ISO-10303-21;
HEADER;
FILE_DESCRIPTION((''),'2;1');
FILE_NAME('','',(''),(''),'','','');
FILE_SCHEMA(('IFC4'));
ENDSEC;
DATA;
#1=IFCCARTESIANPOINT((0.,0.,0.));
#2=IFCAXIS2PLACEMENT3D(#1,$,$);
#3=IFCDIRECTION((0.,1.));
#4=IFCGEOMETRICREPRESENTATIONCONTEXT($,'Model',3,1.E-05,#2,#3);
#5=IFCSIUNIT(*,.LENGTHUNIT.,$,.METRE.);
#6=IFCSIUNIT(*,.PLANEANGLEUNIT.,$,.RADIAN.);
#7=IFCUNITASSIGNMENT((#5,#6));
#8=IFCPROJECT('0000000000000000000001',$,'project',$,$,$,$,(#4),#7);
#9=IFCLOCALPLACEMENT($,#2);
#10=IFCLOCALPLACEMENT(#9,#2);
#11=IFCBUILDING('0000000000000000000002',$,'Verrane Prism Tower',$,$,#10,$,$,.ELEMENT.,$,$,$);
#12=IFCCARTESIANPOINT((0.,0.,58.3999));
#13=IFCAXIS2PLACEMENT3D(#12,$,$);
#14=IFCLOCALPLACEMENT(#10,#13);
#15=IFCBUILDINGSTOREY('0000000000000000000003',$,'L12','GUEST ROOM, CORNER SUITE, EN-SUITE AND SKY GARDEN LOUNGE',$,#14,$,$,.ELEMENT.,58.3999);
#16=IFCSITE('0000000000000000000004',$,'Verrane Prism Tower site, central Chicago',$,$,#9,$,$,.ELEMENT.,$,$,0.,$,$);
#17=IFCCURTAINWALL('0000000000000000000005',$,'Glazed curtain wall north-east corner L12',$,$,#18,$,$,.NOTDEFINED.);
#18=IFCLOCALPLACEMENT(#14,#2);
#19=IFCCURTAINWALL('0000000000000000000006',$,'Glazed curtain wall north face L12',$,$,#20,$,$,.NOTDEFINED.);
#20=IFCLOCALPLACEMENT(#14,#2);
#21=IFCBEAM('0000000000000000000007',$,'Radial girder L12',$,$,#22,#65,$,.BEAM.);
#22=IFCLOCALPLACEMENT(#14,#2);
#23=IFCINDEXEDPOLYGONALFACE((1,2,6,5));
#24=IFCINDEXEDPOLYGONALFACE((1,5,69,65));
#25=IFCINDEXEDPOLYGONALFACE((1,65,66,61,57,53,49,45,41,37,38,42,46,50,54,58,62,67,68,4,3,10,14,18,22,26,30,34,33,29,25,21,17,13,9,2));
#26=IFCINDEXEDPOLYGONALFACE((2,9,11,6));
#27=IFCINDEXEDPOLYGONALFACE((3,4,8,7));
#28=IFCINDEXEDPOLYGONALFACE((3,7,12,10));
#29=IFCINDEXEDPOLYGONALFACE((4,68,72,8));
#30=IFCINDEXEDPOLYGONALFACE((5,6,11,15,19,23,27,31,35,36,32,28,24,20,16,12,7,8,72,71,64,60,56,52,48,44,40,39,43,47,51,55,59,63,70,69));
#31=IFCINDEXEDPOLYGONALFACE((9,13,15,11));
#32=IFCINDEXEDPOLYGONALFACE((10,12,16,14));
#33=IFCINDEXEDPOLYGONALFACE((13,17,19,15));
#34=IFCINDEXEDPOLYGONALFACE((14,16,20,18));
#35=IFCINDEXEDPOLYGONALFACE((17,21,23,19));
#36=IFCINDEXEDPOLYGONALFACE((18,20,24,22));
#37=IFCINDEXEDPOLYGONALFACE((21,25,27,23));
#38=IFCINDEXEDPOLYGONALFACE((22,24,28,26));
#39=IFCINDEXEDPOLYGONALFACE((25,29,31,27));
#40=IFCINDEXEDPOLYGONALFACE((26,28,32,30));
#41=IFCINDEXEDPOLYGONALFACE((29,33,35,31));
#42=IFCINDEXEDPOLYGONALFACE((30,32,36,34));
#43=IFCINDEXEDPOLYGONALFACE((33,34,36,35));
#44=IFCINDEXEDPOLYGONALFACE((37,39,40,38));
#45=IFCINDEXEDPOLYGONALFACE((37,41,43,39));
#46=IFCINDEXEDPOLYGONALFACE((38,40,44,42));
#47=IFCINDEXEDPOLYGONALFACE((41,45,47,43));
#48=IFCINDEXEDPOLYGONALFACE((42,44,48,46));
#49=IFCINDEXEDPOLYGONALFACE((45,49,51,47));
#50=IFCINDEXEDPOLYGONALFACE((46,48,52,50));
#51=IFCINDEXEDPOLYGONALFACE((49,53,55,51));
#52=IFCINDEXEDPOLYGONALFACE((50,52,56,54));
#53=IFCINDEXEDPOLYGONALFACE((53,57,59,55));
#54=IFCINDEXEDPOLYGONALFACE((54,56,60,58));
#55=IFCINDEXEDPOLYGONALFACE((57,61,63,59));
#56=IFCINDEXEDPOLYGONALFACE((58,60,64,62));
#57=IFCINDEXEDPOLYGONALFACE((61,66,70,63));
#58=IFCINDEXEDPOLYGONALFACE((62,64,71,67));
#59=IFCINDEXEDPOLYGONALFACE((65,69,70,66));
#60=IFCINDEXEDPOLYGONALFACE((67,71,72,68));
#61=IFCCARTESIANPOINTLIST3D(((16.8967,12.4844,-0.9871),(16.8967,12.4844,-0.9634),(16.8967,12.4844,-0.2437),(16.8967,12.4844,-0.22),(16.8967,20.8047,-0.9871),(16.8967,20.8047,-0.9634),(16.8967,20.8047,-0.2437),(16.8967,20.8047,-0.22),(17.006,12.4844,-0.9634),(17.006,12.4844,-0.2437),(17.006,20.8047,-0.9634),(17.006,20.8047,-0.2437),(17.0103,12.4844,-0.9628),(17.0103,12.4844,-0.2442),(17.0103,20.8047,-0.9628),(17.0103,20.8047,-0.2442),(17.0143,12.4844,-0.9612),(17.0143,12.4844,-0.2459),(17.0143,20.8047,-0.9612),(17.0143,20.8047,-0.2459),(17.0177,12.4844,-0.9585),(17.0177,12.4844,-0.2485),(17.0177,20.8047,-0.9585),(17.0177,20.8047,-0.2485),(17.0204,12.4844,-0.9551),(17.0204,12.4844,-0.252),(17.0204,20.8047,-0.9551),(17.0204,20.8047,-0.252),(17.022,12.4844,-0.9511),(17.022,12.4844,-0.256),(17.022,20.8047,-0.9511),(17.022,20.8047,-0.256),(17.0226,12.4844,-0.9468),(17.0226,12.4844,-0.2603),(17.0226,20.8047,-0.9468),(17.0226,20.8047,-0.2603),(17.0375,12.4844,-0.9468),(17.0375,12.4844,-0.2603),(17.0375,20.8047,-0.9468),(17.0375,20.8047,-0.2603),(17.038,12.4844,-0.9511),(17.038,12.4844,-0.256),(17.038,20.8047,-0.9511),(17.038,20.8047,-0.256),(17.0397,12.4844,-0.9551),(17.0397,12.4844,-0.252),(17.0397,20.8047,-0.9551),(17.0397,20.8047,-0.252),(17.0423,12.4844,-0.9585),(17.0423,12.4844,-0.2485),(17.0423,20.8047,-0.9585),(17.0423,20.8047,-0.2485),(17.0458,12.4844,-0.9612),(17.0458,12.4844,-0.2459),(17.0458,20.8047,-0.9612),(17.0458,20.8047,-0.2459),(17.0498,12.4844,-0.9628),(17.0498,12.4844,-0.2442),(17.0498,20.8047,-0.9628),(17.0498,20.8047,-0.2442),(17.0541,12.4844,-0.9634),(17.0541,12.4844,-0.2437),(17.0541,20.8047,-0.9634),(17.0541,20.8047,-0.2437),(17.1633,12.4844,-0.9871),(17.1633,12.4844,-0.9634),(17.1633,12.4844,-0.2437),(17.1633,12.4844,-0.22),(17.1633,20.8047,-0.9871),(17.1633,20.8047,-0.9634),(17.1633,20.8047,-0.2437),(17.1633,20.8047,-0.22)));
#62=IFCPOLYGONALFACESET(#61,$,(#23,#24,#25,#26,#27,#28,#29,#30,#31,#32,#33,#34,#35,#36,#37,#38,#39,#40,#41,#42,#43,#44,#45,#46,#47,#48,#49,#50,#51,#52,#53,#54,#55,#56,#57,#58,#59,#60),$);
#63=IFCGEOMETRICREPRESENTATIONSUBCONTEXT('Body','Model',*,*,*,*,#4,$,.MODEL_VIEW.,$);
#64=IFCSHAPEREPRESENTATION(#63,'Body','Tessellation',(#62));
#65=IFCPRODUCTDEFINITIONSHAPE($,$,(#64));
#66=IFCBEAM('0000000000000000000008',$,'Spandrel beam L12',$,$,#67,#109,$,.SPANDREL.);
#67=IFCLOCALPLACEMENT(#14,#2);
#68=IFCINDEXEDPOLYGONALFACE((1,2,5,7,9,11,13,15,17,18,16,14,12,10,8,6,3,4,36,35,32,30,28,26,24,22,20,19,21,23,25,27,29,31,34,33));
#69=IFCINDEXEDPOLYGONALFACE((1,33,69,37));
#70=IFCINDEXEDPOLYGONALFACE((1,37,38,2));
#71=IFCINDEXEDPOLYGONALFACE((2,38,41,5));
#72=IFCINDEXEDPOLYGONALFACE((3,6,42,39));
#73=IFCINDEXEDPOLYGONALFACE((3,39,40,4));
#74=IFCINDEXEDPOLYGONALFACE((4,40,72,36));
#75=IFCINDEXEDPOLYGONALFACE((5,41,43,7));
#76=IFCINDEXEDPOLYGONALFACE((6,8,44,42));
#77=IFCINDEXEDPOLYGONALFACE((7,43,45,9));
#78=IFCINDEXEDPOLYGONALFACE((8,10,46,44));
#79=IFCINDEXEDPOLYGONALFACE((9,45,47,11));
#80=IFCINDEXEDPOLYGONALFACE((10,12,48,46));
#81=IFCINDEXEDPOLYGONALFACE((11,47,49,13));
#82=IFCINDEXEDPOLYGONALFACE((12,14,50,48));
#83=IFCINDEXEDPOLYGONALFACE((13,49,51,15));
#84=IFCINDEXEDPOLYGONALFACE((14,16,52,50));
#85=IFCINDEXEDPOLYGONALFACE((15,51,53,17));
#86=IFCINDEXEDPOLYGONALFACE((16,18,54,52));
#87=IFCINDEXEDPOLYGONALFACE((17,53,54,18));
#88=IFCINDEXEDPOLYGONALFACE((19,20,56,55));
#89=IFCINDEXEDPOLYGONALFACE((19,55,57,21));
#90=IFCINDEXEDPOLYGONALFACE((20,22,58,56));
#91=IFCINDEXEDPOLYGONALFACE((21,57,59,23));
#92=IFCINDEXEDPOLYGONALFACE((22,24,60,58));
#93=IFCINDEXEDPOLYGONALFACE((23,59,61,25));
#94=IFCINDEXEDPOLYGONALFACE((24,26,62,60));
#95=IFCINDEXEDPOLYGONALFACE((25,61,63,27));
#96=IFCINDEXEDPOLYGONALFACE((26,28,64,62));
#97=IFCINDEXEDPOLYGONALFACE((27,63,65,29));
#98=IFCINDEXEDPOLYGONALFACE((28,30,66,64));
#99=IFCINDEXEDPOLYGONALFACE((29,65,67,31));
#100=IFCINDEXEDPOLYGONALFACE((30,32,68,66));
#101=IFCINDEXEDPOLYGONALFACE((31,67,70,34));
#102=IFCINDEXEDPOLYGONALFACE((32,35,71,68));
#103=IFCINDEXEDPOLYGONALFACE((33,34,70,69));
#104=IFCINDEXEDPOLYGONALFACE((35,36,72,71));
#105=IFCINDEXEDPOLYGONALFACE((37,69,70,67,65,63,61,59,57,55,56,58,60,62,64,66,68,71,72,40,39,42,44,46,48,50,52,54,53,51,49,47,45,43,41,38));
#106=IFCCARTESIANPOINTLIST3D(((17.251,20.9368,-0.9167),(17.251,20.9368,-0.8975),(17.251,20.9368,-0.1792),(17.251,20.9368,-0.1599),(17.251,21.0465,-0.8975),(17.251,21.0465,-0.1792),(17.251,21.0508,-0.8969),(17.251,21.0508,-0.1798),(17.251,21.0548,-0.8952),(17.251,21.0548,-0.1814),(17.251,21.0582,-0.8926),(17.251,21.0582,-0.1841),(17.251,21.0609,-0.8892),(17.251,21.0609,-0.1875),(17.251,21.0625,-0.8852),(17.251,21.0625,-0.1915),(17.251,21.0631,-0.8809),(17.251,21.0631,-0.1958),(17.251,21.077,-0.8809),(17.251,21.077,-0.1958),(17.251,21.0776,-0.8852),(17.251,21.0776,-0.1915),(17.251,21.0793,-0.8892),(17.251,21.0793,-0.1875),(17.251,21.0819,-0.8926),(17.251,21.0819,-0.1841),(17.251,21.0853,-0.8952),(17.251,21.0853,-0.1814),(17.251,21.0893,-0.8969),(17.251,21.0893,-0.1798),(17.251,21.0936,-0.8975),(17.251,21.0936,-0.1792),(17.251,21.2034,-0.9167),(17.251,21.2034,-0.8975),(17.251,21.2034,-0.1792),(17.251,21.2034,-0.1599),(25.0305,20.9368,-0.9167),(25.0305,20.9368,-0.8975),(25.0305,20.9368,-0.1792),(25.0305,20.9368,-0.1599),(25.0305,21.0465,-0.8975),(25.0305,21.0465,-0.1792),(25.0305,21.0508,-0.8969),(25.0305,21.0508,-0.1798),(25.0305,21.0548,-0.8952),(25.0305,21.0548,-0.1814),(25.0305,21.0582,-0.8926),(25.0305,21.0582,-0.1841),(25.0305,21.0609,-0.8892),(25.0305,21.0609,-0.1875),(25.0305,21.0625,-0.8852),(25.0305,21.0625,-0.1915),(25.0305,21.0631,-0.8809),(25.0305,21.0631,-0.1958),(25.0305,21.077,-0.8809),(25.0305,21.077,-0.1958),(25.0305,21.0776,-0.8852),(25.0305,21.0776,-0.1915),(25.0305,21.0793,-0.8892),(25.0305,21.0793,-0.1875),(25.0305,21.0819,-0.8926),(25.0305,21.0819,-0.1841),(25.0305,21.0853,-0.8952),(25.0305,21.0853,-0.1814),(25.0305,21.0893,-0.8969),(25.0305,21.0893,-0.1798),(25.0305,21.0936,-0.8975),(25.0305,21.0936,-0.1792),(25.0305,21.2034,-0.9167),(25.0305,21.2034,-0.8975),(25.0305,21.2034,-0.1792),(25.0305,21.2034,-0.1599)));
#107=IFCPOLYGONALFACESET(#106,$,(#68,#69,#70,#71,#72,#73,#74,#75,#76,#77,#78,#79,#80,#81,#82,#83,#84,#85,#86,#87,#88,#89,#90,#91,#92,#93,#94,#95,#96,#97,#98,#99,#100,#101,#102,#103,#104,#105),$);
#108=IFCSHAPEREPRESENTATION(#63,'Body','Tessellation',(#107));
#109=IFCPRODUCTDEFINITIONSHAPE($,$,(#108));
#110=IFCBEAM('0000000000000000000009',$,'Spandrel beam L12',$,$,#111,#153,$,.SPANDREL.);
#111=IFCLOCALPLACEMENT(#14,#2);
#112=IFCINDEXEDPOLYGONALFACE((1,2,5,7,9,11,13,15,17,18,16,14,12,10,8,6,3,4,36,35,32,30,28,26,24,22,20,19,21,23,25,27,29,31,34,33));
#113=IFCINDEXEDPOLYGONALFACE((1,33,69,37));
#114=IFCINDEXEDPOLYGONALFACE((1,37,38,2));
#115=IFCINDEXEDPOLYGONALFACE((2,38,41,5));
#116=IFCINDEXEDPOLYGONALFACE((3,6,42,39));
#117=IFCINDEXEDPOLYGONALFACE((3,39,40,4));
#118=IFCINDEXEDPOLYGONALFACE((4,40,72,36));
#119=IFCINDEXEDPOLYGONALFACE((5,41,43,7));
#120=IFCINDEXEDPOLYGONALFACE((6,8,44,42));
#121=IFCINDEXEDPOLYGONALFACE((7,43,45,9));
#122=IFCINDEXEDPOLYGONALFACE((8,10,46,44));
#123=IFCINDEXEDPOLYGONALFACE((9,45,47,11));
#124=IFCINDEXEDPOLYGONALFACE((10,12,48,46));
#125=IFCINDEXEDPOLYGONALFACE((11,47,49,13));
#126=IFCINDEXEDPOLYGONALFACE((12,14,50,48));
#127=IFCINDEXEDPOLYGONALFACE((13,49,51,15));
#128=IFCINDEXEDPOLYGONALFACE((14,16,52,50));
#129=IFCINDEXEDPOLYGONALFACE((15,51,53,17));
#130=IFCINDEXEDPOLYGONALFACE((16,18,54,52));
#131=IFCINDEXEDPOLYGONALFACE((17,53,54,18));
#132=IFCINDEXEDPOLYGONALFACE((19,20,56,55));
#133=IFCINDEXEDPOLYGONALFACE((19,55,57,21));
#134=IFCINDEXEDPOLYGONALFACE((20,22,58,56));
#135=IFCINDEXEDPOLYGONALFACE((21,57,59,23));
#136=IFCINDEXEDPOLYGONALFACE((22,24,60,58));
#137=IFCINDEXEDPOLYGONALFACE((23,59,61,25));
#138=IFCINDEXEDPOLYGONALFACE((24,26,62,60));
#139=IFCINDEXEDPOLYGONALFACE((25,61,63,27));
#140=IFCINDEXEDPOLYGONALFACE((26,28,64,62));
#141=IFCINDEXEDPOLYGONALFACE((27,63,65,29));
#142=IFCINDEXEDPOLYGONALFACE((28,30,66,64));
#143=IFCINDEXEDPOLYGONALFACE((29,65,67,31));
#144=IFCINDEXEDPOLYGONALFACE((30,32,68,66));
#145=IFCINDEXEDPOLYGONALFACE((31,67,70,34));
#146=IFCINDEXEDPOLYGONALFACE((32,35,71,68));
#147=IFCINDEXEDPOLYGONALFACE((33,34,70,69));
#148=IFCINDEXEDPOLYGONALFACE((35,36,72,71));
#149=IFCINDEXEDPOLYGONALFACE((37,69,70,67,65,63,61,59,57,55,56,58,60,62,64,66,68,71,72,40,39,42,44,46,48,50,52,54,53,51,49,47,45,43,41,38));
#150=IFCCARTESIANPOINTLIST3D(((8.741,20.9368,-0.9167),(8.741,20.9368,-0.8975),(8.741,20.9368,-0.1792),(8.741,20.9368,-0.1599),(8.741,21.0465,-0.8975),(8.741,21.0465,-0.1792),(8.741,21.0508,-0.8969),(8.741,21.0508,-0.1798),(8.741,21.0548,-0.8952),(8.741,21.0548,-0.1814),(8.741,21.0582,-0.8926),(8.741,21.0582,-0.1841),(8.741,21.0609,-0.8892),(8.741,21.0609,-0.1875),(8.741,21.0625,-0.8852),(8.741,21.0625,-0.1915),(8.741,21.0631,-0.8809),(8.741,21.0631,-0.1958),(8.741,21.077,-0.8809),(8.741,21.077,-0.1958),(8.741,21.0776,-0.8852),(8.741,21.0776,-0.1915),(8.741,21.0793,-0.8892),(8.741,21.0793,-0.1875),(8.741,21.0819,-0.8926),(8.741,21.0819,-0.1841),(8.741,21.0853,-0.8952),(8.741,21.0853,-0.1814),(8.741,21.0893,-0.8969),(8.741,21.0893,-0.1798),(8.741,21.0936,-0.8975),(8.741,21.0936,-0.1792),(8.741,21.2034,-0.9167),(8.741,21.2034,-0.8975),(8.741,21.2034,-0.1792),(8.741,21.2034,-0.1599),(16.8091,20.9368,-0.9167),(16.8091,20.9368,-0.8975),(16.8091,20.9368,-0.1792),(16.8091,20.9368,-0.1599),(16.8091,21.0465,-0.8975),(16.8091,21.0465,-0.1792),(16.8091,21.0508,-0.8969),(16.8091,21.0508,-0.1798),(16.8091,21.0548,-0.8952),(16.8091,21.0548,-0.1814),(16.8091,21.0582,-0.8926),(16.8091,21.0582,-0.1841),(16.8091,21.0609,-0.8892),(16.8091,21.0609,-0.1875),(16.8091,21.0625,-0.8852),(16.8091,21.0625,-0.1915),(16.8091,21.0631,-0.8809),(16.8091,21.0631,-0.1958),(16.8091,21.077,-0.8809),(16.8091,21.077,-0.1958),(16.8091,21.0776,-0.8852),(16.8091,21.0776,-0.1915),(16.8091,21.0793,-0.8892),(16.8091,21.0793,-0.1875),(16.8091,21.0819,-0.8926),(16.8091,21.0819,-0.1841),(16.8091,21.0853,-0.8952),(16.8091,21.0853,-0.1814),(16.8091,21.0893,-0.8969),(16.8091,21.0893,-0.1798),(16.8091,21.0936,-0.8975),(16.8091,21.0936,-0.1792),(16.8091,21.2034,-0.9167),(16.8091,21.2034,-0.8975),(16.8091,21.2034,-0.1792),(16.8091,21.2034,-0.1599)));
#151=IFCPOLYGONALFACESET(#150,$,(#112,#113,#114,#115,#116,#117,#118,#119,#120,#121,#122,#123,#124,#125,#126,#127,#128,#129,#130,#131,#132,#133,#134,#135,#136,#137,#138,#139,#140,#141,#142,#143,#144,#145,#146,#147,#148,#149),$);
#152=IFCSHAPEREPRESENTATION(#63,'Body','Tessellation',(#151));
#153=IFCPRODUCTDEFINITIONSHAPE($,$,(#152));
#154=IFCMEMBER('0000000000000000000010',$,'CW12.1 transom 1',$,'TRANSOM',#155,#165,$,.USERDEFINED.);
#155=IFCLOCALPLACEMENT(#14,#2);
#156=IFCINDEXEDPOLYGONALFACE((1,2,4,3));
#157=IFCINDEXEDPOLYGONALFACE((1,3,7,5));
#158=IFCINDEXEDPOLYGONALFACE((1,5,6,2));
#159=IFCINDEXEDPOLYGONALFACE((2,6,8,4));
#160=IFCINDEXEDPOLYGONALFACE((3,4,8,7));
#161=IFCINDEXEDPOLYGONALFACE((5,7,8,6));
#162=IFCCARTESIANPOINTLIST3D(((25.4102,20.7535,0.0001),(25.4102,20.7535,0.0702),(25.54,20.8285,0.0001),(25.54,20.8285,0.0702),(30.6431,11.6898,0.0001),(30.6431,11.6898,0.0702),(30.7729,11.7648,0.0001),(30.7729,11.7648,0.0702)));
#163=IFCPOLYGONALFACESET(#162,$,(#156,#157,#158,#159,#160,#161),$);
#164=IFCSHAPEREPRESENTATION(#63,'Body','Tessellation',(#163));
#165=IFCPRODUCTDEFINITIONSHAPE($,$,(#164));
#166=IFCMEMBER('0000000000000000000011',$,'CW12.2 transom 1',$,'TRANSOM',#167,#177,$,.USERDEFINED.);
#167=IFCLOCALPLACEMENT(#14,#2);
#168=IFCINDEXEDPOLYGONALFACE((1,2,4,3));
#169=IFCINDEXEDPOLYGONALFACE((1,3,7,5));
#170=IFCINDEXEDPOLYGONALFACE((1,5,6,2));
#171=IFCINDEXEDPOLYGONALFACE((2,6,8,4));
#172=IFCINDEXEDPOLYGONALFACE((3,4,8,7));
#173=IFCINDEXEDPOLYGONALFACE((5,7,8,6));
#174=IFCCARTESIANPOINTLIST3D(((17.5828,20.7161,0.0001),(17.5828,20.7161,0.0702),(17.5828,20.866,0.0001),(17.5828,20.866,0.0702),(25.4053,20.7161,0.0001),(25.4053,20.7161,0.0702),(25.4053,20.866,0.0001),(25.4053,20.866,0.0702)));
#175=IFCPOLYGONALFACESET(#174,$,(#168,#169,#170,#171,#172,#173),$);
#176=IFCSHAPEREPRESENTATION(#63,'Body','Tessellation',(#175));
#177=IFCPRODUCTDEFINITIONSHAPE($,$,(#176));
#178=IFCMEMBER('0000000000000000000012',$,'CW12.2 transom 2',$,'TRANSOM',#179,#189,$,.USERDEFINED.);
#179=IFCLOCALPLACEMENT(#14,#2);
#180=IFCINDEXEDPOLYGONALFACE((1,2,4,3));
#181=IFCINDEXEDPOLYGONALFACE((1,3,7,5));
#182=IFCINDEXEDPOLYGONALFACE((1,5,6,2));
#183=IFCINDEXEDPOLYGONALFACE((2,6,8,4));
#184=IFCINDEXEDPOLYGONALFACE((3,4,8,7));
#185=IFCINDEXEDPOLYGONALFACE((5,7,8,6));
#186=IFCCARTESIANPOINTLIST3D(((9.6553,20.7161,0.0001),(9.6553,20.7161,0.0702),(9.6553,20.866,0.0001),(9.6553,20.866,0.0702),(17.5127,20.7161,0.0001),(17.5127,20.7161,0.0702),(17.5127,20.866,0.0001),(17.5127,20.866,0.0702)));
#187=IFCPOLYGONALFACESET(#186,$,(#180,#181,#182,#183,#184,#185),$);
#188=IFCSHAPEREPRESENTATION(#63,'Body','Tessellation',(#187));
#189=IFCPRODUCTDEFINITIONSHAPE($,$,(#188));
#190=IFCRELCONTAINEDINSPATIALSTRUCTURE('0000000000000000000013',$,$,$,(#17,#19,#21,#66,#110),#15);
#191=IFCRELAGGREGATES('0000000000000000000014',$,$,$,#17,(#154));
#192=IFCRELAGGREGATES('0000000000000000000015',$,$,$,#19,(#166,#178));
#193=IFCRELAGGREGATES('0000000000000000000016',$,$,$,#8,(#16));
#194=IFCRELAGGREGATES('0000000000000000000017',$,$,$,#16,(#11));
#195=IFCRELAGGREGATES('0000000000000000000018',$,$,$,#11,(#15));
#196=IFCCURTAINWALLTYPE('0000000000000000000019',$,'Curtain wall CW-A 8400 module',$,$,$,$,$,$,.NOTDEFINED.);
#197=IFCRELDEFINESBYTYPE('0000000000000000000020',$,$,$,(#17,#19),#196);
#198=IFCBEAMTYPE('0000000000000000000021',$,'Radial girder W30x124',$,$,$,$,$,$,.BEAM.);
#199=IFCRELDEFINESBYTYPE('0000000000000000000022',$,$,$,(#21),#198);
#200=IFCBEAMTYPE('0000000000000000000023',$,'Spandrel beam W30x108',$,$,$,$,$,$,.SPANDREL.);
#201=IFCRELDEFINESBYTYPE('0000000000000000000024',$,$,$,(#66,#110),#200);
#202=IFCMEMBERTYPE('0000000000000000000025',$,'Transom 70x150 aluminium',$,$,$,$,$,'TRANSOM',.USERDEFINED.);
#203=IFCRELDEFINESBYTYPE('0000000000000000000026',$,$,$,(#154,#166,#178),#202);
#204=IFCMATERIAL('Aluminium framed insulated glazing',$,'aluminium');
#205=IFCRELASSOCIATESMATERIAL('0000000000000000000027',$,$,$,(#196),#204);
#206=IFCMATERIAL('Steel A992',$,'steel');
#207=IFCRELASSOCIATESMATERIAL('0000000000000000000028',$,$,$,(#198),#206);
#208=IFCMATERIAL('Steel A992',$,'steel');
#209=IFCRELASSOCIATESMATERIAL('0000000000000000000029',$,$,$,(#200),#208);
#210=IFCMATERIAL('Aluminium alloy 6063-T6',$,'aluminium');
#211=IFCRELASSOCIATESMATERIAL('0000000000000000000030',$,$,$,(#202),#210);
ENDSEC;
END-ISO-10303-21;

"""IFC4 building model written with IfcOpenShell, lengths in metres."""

from ifc_helpers import new_model, si_unit, direction, frame, origin, origin_2d, place, context, subcontext, project, spatial, rectangle, i_section, extrude, material, material_profile, profile_set, type_object, element, aggregate, save


model = new_model("IFC4")

# Units and contexts
model_context = context("Model", 3, precision=1e-05, world=origin(), true_north=direction((0.0, 1.0)))
body_context = subcontext(model_context, "Body", "Model", "MODEL_VIEW")
ifc_project = project(units=[si_unit("LENGTHUNIT", "METRE"), si_unit("PLANEANGLEUNIT", "RADIAN")], contexts=[model_context])

# Site, building, storey
site_placement = place(None, origin())
site = spatial("IfcSite", under=ifc_project, at=site_placement, Name="Verrane Prism Tower site, central Chicago", CompositionType="ELEMENT", RefElevation=0.0)
building_placement = place(site_placement, origin())
building = spatial("IfcBuilding", under=site, at=building_placement, Name="Verrane Prism Tower", CompositionType="ELEMENT")
storey_placement = place(building_placement, frame((0.0, 0.0, 58.3999)))
storey = spatial("IfcBuildingStorey", under=building, at=storey_placement, Name="L12", Description="GUEST ROOM, CORNER SUITE, EN-SUITE AND SKY GARDEN LOUNGE", CompositionType="ELEMENT", Elevation=58.3999)

# Curtain wall
ifc_material_1 = material(Name="Aluminium framed insulated glazing", Category="aluminium")
curtain_wall_type = type_object("IfcCurtainWallType", Name="Curtain wall CW-A 8400 module", PredefinedType="NOTDEFINED", material=ifc_material_1)
curtain_wall_1_placement = place(storey_placement, origin())
curtain_wall_1 = element("IfcCurtainWall", 1, at=curtain_wall_1_placement, inside=storey, type_object=curtain_wall_type, Name="Glazed curtain wall north-east corner L12", PredefinedType="NOTDEFINED")

# Curtain wall
curtain_wall_2_placement = place(storey_placement, origin())
curtain_wall_2 = element("IfcCurtainWall", 2, at=curtain_wall_2_placement, inside=storey, type_object=curtain_wall_type, Name="Glazed curtain wall north face L12", PredefinedType="NOTDEFINED")

# Beams
ifc_material_2 = material(Name="Steel A992", Category="steel")
ifc_material_profile_1 = material_profile(ifc_material_2, i_section(OverallWidth=0.2666, OverallDepth=0.7671, WebThickness=0.0149, FlangeThickness=0.0237, FilletRadius=0.0166, at=origin_2d()), Name="W30x124")
ifc_profile_set_1 = profile_set([ifc_material_profile_1], Name="Steel A992")
beam_type_1 = type_object("IfcBeamType", Name="Radial girder W30x124", PredefinedType="BEAM", material=ifc_profile_set_1)
beam_1_placement = place(storey_placement, frame((17.03, 20.8047, -0.6035), z_axis=(0.0, -1.0, 0.0), x_axis=(1.0, 0.0, 0.0)))
element("IfcBeam", 3, at=beam_1_placement, inside=storey, type_object=beam_type_1, Name="Radial girder L12", PredefinedType="BEAM", context=body_context, shape_type="SweptSolid", body=[
    extrude(i_section(OverallWidth=0.2666, OverallDepth=0.7671, WebThickness=0.0149, FlangeThickness=0.0237, FilletRadius=0.0166, at=origin_2d()), origin(), (0.0, 0.0, 1.0), 8.3203),
])
ifc_material_3 = material(Name="Steel A992", Category="steel")
ifc_material_profile_2 = material_profile(ifc_material_3, i_section(OverallWidth=0.2666, OverallDepth=0.7568, WebThickness=0.0139, FlangeThickness=0.0193, FilletRadius=0.0166, at=origin_2d()), Name="W30x108")
ifc_profile_set_2 = profile_set([ifc_material_profile_2], Name="Steel A992")
beam_type_2 = type_object("IfcBeamType", Name="Spandrel beam W30x108", PredefinedType="SPANDREL", material=ifc_profile_set_2)
beam_2_placement = place(storey_placement, frame((25.0305, 21.0701, -0.5383), z_axis=(-1.0, 0.0, 0.0), x_axis=(0.0, -1.0, 0.0)))
element("IfcBeam", 4, at=beam_2_placement, inside=storey, type_object=beam_type_2, Name="Spandrel beam L12", PredefinedType="SPANDREL", context=body_context, shape_type="SweptSolid", body=[
    extrude(i_section(OverallWidth=0.2666, OverallDepth=0.7568, WebThickness=0.0139, FlangeThickness=0.0193, FilletRadius=0.0166, at=origin_2d()), origin(), (0.0, 0.0, 1.0), 7.7795),
])
beam_3_placement = place(storey_placement, frame((16.8091, 21.0701, -0.5383), z_axis=(-1.0, 0.0, 0.0), x_axis=(0.0, -1.0, 0.0)))
element("IfcBeam", 5, at=beam_3_placement, inside=storey, type_object=beam_type_2, Name="Spandrel beam L12", PredefinedType="SPANDREL", context=body_context, shape_type="SweptSolid", body=[
    extrude(i_section(OverallWidth=0.2666, OverallDepth=0.7568, WebThickness=0.0139, FlangeThickness=0.0193, FilletRadius=0.0166, at=origin_2d()), origin(), (0.0, 0.0, 1.0), 8.0681),
])

# Members
ifc_material_4 = material(Name="Aluminium alloy 6063-T6", Category="aluminium")
ifc_material_profile_3 = material_profile(ifc_material_4, rectangle(XDim=0.1499, YDim=0.0701, at=origin_2d()), Name="Transom 70x150 aluminium")
ifc_profile_set_3 = profile_set([ifc_material_profile_3], Name="Aluminium alloy 6063-T6")
member_type_1 = type_object("IfcMemberType", Name="Transom 70x150 aluminium", ElementType="TRANSOM", PredefinedType="USERDEFINED", material=ifc_profile_set_3)
member_1_placement = place(storey_placement, frame((30.708, 11.7273, 0.0352), z_axis=(-0.499998, 0.866027, 0.0), x_axis=(-0.866027, -0.499998, 0.0)))
member_1 = element("IfcMember", 6, at=member_1_placement, type_object=member_type_1, Name="CW12.1 transom 1", ObjectType="TRANSOM", PredefinedType="USERDEFINED", context=body_context, shape_type="SweptSolid", body=[
    extrude(rectangle(XDim=0.1499, YDim=0.0701, at=origin_2d()), origin(), (0.0, 0.0, 1.0), 10.4658),
])
member_2_placement = place(storey_placement, frame((25.4053, 20.791, 0.0352), z_axis=(-1.0, 0.0, 0.0), x_axis=(0.0, -1.0, 0.0)))
member_2 = element("IfcMember", 7, at=member_2_placement, type_object=member_type_1, Name="CW12.2 transom 1", ObjectType="TRANSOM", PredefinedType="USERDEFINED", context=body_context, shape_type="SweptSolid", body=[
    extrude(rectangle(XDim=0.1499, YDim=0.0701, at=origin_2d()), origin(), (0.0, 0.0, 1.0), 7.8225),
])
member_3_placement = place(storey_placement, frame((17.5127, 20.791, 0.0352), z_axis=(-1.0, 0.0, 0.0), x_axis=(0.0, -1.0, 0.0)))
member_3 = element("IfcMember", 8, at=member_3_placement, type_object=member_type_1, Name="CW12.2 transom 2", ObjectType="TRANSOM", PredefinedType="USERDEFINED", context=body_context, shape_type="SweptSolid", body=[
    extrude(rectangle(XDim=0.1499, YDim=0.0701, at=origin_2d()), origin(), (0.0, 0.0, 1.0), 7.8574),
])

aggregate(curtain_wall_1, [member_1])
aggregate(curtain_wall_2, [member_2, member_3])

save(model, "model.ifc")
